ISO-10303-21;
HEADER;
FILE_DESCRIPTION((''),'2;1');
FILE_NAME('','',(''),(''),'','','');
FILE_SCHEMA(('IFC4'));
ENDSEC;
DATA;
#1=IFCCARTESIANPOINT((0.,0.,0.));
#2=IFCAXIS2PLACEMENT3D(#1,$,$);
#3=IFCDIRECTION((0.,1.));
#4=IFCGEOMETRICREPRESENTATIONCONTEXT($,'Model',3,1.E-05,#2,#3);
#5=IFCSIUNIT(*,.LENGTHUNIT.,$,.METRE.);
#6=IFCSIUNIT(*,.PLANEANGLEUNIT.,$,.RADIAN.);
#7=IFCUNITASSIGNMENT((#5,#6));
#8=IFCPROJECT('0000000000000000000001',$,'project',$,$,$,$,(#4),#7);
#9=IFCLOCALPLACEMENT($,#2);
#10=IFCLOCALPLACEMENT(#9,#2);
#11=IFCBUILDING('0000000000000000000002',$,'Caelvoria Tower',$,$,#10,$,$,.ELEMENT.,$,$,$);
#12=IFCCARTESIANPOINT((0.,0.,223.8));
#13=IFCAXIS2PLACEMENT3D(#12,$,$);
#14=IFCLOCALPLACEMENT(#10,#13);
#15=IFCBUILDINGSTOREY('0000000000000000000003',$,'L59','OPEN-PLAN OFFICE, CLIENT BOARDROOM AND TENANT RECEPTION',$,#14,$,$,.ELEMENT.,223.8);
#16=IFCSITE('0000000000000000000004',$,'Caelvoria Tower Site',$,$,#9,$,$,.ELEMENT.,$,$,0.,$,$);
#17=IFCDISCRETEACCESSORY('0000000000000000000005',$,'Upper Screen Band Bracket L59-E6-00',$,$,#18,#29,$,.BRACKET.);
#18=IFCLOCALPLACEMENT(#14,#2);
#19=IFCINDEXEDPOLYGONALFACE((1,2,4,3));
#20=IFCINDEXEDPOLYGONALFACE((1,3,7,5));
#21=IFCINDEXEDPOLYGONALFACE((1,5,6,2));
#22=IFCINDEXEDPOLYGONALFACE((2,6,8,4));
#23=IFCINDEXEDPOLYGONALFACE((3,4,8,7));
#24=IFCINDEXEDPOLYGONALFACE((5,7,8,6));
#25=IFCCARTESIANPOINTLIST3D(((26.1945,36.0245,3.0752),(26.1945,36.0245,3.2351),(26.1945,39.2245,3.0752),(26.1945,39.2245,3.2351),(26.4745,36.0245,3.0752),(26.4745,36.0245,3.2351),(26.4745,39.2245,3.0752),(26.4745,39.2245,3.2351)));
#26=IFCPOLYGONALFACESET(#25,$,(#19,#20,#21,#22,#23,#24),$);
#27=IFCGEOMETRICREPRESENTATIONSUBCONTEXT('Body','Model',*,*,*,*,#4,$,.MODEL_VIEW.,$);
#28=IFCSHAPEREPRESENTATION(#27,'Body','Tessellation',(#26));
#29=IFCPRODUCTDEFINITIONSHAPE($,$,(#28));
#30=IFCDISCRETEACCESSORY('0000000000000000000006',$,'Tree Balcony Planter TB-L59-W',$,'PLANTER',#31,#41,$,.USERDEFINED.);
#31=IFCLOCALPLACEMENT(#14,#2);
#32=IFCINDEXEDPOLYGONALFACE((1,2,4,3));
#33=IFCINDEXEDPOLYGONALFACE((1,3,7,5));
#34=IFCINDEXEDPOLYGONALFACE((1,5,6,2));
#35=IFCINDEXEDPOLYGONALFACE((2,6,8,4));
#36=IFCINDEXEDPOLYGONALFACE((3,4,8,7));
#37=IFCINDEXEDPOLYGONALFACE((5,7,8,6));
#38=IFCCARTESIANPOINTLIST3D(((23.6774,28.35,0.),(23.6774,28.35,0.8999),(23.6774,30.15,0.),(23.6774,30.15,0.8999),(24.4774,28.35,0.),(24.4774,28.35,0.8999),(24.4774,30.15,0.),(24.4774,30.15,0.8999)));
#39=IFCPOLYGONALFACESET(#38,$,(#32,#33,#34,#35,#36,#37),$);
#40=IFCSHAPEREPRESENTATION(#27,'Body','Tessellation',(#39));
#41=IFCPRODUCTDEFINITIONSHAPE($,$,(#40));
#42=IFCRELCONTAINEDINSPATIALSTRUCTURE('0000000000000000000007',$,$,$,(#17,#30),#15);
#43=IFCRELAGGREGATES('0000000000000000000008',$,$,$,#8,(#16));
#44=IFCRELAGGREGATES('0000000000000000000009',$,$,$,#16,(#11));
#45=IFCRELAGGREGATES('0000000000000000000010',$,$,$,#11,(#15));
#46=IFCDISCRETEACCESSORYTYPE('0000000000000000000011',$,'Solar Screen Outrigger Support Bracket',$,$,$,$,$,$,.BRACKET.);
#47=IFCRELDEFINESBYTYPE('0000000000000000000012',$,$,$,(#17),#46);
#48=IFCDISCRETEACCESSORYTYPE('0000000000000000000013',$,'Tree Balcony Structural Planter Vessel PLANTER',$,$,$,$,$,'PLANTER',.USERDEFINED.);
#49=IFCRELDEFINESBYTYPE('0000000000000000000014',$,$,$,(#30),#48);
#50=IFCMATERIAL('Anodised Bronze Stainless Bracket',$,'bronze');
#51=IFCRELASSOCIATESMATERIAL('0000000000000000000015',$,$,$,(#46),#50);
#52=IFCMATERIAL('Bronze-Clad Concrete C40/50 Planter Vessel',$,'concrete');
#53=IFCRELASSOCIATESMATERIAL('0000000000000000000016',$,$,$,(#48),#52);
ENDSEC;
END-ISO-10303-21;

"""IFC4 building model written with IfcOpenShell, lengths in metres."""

from ifc_helpers import new_model, si_unit, direction, frame, origin, origin_2d, place, context, subcontext, project, spatial, rectangle, extrude, material, type_object, element, save


model = new_model("IFC4")

# Units and contexts
model_context = context("Model", 3, precision=1e-05, world=origin(), true_north=direction((0.0, 1.0)))
body_context = subcontext(model_context, "Body", "Model", "MODEL_VIEW")
ifc_project = project(units=[si_unit("LENGTHUNIT", "METRE"), si_unit("PLANEANGLEUNIT", "RADIAN")], contexts=[model_context])

# Site, building, storey
site_placement = place(None, origin())
site = spatial("IfcSite", under=ifc_project, at=site_placement, Name="Caelvoria Tower Site", CompositionType="ELEMENT", RefElevation=0.0)
building_placement = place(site_placement, origin())
building = spatial("IfcBuilding", under=site, at=building_placement, Name="Caelvoria Tower", CompositionType="ELEMENT")
storey_placement = place(building_placement, frame((0.0, 0.0, 223.8)))
storey = spatial("IfcBuildingStorey", under=building, at=storey_placement, Name="L59", Description="OPEN-PLAN OFFICE, CLIENT BOARDROOM AND TENANT RECEPTION", CompositionType="ELEMENT", Elevation=223.8)

# Discrete accessories
ifc_material_1 = material(Name="Anodised Bronze Stainless Bracket", Category="bronze")
discrete_accessory_type_1 = type_object("IfcDiscreteAccessoryType", Name="Solar Screen Outrigger Support Bracket", PredefinedType="BRACKET", material=ifc_material_1)
for number, where, z_axis, x_axis, name in (
    (1, (26.3345, 37.6245, 3.0752), (0.0, 0.0, 1.0), (0.0, -1.0, 0.0), "Upper Screen Band Bracket L59-E6-00"),
):
    element("IfcDiscreteAccessory", number, at=place(storey_placement, frame(where, z_axis=z_axis, x_axis=x_axis)), inside=storey, type_object=discrete_accessory_type_1, Name=name, PredefinedType="BRACKET", context=body_context, shape_type="SweptSolid", body=[
        extrude(rectangle(XDim=3.2, YDim=0.28, at=origin_2d()), origin(), (0.0, 0.0, 1.0), 0.1599),
    ])
ifc_material_2 = material(Name="Bronze-Clad Concrete C40/50 Planter Vessel", Category="concrete")
discrete_accessory_type_2 = type_object("IfcDiscreteAccessoryType", Name="Tree Balcony Structural Planter Vessel PLANTER", ElementType="PLANTER", PredefinedType="USERDEFINED", material=ifc_material_2)
discrete_accessory_placement = place(storey_placement, frame((24.0774, 29.25, 0.0), z_axis=(0.0, 0.0, 1.0), x_axis=(0.0, 1.0, 0.0)))
element("IfcDiscreteAccessory", 2, at=discrete_accessory_placement, inside=storey, type_object=discrete_accessory_type_2, Name="Tree Balcony Planter TB-L59-W", ObjectType="PLANTER", PredefinedType="USERDEFINED", context=body_context, shape_type="SweptSolid", body=[
    extrude(rectangle(XDim=1.8, YDim=0.8, at=origin_2d()), origin(), (0.0, 0.0, 1.0), 0.8999),
])

save(model, "model.ifc")
